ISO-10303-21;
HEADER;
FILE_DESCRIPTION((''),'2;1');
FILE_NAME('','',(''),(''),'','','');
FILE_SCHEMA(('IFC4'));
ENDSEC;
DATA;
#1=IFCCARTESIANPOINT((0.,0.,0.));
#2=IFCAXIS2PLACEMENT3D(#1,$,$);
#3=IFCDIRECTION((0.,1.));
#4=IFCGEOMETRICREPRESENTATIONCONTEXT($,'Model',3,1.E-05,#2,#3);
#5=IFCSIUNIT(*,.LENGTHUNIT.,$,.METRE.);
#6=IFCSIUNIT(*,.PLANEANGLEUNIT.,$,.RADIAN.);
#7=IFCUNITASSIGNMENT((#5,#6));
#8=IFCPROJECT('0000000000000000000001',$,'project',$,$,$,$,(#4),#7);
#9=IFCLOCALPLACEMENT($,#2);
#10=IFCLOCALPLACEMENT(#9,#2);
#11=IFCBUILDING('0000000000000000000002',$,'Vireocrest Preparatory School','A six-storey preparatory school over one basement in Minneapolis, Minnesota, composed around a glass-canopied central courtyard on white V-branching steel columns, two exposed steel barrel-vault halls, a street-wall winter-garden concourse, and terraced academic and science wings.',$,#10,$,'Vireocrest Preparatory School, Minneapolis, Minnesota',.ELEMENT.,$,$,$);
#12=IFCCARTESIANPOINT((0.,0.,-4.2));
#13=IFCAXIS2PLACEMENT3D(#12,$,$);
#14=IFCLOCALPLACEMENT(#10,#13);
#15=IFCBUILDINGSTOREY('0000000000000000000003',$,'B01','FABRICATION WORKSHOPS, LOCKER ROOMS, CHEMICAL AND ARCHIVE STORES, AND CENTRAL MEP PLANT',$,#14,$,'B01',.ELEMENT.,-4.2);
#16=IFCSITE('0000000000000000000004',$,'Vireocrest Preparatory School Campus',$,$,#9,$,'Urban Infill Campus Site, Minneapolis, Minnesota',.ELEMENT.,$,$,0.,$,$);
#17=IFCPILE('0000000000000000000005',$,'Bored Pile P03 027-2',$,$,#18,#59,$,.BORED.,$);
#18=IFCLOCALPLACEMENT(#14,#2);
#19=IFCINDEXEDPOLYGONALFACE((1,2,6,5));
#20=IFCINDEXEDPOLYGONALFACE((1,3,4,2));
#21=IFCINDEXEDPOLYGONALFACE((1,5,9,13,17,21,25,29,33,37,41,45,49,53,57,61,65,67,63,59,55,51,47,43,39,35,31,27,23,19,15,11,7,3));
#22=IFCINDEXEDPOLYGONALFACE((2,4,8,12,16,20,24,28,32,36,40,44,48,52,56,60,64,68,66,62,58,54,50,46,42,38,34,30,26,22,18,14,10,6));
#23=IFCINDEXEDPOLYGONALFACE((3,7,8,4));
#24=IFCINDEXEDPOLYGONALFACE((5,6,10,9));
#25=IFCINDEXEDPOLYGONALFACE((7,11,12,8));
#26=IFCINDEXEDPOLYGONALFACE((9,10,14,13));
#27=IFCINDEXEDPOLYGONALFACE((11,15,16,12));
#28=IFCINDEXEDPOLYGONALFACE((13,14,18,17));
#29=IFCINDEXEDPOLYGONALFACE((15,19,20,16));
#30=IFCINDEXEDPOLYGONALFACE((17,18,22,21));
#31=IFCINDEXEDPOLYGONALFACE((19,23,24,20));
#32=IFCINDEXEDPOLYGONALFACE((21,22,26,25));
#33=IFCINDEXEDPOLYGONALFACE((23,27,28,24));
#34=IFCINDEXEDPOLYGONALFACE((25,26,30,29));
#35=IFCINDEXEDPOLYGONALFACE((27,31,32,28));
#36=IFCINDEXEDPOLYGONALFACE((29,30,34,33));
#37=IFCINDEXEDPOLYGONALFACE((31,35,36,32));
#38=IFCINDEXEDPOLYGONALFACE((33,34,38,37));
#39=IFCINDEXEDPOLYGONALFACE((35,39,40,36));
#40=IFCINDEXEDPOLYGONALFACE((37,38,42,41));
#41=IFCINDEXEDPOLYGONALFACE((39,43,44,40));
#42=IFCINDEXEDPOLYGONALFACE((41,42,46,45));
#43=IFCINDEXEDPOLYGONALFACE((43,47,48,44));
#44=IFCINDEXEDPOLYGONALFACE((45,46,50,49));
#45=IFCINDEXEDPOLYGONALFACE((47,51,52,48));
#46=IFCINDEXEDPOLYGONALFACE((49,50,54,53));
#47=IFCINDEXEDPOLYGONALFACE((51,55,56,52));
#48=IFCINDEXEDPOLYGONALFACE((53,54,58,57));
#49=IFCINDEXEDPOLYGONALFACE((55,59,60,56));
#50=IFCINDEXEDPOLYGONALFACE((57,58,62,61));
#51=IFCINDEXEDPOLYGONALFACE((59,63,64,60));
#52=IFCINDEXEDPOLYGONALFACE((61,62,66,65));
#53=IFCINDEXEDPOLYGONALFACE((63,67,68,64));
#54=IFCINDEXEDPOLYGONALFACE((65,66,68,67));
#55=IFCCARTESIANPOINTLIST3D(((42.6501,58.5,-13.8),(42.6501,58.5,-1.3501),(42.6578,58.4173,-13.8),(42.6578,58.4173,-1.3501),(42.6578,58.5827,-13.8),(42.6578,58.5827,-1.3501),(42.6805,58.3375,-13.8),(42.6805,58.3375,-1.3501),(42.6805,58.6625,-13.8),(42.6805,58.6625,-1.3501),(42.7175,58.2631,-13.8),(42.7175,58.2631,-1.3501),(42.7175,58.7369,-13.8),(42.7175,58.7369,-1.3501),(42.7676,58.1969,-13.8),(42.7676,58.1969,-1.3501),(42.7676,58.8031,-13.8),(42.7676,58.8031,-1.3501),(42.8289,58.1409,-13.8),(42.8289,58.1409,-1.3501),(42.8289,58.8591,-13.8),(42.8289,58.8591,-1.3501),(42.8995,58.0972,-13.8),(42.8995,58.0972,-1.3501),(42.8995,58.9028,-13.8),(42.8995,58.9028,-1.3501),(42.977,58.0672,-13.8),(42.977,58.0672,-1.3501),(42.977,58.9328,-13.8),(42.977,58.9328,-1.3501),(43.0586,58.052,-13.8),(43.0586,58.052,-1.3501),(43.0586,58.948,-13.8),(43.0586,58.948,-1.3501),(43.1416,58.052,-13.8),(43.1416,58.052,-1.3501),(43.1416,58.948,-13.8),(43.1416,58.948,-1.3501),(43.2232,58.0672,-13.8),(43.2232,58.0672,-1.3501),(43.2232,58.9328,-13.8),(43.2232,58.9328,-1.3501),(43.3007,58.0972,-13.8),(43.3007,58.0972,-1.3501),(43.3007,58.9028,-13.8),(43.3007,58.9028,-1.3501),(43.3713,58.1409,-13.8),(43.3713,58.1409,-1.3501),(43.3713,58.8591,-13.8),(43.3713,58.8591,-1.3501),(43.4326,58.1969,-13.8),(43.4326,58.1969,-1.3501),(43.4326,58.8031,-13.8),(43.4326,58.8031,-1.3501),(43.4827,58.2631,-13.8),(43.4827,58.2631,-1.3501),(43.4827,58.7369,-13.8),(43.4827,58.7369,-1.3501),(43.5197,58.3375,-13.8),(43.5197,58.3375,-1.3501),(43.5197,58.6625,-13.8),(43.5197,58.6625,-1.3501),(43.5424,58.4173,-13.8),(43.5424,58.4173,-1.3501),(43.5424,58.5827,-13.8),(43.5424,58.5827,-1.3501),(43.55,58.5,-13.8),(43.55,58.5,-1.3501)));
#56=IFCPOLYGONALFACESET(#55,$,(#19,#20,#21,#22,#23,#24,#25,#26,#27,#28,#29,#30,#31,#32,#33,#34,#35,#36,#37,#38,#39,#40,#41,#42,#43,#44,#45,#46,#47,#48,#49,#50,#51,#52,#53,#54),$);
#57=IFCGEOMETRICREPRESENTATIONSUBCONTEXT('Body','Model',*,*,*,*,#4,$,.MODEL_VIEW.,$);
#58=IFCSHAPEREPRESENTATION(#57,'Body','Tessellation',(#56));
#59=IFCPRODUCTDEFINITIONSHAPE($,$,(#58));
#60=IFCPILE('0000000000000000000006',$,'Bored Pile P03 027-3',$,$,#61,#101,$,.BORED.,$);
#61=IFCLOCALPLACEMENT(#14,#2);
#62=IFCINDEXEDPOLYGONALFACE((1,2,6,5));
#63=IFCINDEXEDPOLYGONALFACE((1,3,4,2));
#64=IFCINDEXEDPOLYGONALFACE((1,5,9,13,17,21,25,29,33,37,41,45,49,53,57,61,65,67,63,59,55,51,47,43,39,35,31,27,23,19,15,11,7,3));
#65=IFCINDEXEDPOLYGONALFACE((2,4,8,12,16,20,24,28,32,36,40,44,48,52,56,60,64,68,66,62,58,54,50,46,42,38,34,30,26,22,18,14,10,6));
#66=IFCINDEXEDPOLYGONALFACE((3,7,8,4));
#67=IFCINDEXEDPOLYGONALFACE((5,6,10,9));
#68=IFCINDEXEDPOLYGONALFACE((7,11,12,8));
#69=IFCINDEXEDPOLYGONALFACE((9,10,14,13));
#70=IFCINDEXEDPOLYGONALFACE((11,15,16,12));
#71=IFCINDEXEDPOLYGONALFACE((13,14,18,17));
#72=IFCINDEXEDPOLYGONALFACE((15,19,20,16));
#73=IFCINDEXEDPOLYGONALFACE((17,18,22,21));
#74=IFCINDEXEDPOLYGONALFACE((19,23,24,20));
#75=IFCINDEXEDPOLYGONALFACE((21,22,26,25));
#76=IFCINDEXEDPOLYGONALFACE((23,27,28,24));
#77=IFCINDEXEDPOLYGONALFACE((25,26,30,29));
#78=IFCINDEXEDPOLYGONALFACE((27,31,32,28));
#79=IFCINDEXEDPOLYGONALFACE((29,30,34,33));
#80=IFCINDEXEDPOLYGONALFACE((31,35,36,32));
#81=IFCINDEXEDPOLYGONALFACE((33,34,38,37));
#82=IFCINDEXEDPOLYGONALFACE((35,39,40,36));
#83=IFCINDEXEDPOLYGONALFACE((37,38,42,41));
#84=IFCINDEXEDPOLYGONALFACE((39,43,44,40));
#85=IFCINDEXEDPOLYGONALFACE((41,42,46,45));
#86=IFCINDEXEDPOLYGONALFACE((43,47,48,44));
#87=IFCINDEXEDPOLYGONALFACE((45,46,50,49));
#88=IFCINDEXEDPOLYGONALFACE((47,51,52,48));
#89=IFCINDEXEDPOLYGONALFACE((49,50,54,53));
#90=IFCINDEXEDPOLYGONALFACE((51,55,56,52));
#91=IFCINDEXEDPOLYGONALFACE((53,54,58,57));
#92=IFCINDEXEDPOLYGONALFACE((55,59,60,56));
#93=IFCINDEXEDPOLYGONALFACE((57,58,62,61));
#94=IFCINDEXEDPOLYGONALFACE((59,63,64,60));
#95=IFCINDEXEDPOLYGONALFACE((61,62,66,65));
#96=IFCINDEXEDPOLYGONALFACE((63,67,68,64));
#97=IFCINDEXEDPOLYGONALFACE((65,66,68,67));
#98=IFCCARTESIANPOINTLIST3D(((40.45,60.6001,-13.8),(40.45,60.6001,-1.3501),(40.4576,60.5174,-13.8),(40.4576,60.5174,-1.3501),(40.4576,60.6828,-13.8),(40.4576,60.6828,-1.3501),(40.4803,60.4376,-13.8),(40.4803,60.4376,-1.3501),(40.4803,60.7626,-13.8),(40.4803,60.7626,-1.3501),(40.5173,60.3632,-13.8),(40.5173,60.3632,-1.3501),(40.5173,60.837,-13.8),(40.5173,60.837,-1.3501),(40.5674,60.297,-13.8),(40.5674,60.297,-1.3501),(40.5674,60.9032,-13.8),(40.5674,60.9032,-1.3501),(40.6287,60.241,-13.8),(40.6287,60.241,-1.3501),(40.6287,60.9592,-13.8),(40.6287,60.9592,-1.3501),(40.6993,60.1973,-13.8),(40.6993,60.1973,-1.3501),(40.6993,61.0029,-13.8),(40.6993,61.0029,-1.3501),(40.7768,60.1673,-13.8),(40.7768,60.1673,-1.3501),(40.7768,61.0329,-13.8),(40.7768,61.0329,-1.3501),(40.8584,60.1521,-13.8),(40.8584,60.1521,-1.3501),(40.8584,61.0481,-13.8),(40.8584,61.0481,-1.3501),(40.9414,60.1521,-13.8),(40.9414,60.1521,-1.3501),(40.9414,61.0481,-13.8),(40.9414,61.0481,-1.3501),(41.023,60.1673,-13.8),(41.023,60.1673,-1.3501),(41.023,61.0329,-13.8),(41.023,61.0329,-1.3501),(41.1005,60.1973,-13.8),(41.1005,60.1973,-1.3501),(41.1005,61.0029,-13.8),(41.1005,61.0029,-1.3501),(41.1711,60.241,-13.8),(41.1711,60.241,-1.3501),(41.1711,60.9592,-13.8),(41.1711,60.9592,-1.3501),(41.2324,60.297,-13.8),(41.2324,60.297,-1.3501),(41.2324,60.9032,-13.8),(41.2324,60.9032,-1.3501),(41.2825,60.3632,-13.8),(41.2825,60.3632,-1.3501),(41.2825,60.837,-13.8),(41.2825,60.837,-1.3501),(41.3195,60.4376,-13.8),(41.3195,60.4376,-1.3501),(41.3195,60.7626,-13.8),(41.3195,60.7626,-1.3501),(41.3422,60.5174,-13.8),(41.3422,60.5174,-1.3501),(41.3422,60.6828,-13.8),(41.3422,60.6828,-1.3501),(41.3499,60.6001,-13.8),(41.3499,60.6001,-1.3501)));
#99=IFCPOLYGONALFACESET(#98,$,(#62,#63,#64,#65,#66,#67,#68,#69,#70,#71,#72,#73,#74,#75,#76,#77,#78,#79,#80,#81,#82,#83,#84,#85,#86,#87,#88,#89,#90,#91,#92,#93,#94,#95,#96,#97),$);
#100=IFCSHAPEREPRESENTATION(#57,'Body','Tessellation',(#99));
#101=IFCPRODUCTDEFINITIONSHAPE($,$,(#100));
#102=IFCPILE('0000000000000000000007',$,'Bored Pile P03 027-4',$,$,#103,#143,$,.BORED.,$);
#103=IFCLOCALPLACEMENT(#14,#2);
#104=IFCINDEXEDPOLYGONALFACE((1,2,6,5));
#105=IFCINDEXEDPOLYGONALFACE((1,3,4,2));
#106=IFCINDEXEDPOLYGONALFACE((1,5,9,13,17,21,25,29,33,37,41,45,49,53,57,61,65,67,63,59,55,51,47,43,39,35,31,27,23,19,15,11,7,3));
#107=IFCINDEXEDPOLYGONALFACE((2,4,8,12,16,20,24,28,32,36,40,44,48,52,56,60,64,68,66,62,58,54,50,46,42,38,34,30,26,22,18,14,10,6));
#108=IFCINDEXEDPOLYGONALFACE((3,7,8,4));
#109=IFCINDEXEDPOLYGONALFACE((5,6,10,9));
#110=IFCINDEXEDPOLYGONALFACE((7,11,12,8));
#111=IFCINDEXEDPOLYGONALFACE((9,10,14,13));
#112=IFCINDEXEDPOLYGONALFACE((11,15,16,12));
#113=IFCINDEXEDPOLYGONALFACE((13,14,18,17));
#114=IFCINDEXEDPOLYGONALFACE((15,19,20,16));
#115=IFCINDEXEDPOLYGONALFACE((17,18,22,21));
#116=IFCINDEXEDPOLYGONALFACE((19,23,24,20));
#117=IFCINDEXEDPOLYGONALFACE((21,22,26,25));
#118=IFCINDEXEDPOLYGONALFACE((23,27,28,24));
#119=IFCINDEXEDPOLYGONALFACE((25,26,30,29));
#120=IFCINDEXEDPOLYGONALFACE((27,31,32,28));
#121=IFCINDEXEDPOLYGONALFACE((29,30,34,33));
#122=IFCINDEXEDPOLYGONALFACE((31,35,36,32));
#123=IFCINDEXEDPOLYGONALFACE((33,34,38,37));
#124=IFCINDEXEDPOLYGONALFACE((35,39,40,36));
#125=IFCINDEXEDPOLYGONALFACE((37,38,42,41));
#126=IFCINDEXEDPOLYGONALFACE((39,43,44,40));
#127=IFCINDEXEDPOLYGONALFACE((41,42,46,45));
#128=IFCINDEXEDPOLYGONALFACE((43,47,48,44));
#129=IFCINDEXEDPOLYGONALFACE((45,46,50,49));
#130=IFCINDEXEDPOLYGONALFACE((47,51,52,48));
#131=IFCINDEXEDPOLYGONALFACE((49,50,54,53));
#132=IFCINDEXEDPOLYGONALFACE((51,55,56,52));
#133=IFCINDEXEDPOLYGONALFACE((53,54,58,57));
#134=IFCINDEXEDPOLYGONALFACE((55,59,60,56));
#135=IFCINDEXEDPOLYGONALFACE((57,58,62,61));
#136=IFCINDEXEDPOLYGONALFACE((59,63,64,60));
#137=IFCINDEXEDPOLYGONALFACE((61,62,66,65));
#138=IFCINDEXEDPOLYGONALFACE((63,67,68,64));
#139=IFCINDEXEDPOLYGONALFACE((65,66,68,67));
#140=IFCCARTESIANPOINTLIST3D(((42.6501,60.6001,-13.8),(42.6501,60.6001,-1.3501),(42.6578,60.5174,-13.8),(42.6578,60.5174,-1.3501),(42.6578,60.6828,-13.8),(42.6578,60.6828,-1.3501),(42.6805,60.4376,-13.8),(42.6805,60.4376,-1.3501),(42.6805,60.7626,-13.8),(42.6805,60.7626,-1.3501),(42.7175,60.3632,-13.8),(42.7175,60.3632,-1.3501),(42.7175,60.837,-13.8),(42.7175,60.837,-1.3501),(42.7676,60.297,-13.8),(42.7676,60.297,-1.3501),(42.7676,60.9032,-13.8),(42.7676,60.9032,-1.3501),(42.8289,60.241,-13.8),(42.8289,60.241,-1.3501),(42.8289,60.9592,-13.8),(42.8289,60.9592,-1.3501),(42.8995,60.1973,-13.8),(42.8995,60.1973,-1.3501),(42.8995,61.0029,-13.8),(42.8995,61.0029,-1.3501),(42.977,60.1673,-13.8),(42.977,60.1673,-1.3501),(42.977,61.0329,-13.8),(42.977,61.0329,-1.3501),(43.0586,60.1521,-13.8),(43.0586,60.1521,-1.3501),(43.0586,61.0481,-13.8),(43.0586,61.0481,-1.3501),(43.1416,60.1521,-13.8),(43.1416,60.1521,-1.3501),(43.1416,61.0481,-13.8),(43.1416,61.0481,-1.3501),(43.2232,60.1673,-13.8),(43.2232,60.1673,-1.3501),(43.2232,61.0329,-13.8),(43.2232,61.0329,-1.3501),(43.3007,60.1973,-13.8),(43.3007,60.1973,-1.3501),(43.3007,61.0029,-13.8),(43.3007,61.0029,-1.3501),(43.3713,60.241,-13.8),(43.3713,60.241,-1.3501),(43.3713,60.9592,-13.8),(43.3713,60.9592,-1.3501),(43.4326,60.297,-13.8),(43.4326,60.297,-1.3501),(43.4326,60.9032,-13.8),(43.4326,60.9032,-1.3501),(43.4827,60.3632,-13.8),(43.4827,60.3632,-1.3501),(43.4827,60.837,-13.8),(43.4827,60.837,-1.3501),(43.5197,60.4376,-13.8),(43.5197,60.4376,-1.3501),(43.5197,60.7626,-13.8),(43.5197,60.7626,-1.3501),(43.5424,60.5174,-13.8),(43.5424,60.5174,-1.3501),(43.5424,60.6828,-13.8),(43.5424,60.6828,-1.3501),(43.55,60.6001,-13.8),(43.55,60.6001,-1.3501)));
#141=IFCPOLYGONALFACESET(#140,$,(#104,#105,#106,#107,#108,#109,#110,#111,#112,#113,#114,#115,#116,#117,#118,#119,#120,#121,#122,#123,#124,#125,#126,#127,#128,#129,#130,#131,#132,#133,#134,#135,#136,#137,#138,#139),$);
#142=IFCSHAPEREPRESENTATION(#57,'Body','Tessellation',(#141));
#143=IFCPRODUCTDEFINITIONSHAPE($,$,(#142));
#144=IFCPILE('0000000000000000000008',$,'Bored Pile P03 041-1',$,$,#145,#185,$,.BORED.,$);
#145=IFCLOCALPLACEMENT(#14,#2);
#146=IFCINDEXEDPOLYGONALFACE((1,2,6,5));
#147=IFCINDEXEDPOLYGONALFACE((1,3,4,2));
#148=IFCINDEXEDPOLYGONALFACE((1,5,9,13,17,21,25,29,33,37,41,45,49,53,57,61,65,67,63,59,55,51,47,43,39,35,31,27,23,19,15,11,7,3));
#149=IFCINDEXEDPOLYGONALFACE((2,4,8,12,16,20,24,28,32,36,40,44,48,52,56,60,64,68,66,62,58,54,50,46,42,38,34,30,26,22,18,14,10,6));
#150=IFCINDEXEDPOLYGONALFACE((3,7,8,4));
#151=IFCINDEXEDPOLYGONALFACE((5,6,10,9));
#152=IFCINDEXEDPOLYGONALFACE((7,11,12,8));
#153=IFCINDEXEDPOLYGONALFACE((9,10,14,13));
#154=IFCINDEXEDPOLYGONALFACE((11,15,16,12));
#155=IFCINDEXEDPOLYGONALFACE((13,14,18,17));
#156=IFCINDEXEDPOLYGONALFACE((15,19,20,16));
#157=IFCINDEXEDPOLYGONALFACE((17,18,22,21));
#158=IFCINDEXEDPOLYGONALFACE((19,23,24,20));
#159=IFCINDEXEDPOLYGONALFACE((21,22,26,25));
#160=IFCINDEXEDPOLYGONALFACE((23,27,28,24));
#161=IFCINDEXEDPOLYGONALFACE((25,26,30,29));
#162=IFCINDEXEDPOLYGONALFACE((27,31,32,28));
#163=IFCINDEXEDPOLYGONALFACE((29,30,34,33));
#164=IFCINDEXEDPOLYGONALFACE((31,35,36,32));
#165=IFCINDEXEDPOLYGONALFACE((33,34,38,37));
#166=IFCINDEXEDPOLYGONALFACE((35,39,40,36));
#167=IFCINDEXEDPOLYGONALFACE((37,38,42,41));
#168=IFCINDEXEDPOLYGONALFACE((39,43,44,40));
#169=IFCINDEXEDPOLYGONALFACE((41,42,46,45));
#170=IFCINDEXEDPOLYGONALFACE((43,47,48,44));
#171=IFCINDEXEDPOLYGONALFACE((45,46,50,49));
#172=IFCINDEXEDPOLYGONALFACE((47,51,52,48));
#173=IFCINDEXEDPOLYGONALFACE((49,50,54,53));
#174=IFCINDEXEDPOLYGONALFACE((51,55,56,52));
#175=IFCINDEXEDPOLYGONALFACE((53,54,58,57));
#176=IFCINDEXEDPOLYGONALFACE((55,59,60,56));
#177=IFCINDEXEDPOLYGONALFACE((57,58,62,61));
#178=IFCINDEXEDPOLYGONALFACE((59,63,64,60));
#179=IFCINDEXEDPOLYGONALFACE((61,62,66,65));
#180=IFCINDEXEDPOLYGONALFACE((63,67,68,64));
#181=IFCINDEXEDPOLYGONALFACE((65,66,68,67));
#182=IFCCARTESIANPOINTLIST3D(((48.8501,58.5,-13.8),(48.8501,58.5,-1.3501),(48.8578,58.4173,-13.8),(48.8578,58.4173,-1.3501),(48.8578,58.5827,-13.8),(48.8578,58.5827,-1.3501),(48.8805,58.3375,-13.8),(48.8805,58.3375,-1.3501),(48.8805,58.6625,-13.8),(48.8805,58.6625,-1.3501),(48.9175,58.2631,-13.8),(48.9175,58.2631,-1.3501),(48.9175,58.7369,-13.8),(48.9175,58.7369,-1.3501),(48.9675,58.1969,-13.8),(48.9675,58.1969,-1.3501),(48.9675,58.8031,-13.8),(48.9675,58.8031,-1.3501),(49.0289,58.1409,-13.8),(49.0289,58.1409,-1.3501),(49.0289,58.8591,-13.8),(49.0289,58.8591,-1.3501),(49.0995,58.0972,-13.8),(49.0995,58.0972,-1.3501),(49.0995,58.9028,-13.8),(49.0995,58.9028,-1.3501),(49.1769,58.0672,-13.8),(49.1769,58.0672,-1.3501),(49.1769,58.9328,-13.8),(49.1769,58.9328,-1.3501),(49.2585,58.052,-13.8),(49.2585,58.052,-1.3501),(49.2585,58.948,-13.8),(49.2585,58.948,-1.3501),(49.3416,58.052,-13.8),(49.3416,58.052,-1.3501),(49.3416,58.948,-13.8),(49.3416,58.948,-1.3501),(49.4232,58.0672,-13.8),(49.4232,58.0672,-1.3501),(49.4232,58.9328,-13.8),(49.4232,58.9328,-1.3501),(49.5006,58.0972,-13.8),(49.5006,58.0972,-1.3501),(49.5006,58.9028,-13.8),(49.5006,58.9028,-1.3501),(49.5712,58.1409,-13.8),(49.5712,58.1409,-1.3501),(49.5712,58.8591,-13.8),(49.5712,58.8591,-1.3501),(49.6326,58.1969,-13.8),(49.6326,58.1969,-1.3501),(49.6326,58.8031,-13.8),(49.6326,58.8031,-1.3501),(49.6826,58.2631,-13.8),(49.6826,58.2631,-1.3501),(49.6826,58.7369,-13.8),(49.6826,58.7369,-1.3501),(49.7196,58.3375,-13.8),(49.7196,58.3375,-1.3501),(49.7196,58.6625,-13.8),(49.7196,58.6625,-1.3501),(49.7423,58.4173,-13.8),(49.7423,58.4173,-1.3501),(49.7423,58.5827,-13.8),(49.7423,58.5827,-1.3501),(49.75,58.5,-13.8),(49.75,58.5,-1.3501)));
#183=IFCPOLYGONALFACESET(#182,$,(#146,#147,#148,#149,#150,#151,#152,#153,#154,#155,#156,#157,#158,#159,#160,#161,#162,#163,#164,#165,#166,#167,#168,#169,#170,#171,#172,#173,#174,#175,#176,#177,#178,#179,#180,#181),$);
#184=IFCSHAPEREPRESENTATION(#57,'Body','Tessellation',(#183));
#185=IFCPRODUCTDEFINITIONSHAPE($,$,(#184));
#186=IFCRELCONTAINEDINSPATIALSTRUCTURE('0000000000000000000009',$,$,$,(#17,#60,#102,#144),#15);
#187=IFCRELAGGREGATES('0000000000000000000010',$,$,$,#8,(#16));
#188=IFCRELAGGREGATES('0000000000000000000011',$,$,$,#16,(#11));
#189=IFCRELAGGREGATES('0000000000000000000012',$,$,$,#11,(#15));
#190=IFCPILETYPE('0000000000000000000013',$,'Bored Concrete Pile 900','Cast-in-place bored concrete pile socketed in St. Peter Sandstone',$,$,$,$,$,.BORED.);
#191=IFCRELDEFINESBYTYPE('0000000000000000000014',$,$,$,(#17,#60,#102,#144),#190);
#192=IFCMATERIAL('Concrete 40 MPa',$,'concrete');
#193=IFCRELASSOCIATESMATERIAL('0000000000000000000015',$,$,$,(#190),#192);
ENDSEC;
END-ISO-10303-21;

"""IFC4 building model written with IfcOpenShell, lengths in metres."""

from ifc_helpers import new_model, si_unit, direction, frame, origin, origin_2d, place, context, subcontext, project, spatial, circle, extrude, material, material_profile, profile_set, type_object, element, save


model = new_model("IFC4")

# Units and contexts
model_context = context("Model", 3, precision=1e-05, world=origin(), true_north=direction((0.0, 1.0)))
body_context = subcontext(model_context, "Body", "Model", "MODEL_VIEW")
ifc_project = project(units=[si_unit("LENGTHUNIT", "METRE"), si_unit("PLANEANGLEUNIT", "RADIAN")], contexts=[model_context])

# Site, building, storey
site_placement = place(None, origin())
site = spatial("IfcSite", under=ifc_project, at=site_placement, Name="Vireocrest Preparatory School Campus", LongName="Urban Infill Campus Site, Minneapolis, Minnesota", CompositionType="ELEMENT", RefElevation=0.0)
building_placement = place(site_placement, origin())
building = spatial("IfcBuilding", under=site, at=building_placement, Name="Vireocrest Preparatory School", Description="A six-storey preparatory school over one basement in Minneapolis, Minnesota, composed around a glass-canopied central courtyard on white V-branching steel columns, two exposed steel barrel-vault halls, a street-wall winter-garden concourse, and terraced academic and science wings.", LongName="Vireocrest Preparatory School, Minneapolis, Minnesota", CompositionType="ELEMENT")
storey_placement = place(building_placement, frame((0.0, 0.0, -4.2)))
storey = spatial("IfcBuildingStorey", under=building, at=storey_placement, Name="B01", Description="FABRICATION WORKSHOPS, LOCKER ROOMS, CHEMICAL AND ARCHIVE STORES, AND CENTRAL MEP PLANT", LongName="B01", CompositionType="ELEMENT", Elevation=-4.2)

# Piles
ifc_material_1 = material(Name="Concrete 40 MPa", Category="concrete")
ifc_material_profile_1 = material_profile(ifc_material_1, circle(Radius=0.45, at=origin_2d()), Name="BORED PILE 900")
ifc_profile_set_1 = profile_set([ifc_material_profile_1], Name="Concrete 40 MPa")
pile_type_1 = type_object("IfcPileType", Name="Bored Concrete Pile 900", Description="Cast-in-place bored concrete pile socketed in St. Peter Sandstone", PredefinedType="BORED", material=ifc_profile_set_1)
for number, where, z_axis, x_axis, name in (
    (1, (43.1001, 58.5, -1.3501), (0.0, 0.0, -1.0), (1.0, 0.0, 0.0), "Bored Pile P03 027-2"),
    (2, (40.8999, 60.6001, -1.3501), (0.0, 0.0, -1.0), (1.0, 0.0, 0.0), "Bored Pile P03 027-3"),
    (3, (43.1001, 60.6001, -1.3501), (0.0, 0.0, -1.0), (1.0, 0.0, 0.0), "Bored Pile P03 027-4"),
    (4, (49.3, 58.5, -1.3501), (0.0, 0.0, -1.0), (1.0, 0.0, 0.0), "Bored Pile P03 041-1"),
):
    element("IfcPile", number, at=place(storey_placement, frame(where, z_axis=z_axis, x_axis=x_axis)), inside=storey, type_object=pile_type_1, Name=name, PredefinedType="BORED", context=body_context, shape_type="SweptSolid", body=[
        extrude(circle(Radius=0.45, at=origin_2d()), origin(), (0.0, 0.0, 1.0), 12.45),
    ])

save(model, "model.ifc")
